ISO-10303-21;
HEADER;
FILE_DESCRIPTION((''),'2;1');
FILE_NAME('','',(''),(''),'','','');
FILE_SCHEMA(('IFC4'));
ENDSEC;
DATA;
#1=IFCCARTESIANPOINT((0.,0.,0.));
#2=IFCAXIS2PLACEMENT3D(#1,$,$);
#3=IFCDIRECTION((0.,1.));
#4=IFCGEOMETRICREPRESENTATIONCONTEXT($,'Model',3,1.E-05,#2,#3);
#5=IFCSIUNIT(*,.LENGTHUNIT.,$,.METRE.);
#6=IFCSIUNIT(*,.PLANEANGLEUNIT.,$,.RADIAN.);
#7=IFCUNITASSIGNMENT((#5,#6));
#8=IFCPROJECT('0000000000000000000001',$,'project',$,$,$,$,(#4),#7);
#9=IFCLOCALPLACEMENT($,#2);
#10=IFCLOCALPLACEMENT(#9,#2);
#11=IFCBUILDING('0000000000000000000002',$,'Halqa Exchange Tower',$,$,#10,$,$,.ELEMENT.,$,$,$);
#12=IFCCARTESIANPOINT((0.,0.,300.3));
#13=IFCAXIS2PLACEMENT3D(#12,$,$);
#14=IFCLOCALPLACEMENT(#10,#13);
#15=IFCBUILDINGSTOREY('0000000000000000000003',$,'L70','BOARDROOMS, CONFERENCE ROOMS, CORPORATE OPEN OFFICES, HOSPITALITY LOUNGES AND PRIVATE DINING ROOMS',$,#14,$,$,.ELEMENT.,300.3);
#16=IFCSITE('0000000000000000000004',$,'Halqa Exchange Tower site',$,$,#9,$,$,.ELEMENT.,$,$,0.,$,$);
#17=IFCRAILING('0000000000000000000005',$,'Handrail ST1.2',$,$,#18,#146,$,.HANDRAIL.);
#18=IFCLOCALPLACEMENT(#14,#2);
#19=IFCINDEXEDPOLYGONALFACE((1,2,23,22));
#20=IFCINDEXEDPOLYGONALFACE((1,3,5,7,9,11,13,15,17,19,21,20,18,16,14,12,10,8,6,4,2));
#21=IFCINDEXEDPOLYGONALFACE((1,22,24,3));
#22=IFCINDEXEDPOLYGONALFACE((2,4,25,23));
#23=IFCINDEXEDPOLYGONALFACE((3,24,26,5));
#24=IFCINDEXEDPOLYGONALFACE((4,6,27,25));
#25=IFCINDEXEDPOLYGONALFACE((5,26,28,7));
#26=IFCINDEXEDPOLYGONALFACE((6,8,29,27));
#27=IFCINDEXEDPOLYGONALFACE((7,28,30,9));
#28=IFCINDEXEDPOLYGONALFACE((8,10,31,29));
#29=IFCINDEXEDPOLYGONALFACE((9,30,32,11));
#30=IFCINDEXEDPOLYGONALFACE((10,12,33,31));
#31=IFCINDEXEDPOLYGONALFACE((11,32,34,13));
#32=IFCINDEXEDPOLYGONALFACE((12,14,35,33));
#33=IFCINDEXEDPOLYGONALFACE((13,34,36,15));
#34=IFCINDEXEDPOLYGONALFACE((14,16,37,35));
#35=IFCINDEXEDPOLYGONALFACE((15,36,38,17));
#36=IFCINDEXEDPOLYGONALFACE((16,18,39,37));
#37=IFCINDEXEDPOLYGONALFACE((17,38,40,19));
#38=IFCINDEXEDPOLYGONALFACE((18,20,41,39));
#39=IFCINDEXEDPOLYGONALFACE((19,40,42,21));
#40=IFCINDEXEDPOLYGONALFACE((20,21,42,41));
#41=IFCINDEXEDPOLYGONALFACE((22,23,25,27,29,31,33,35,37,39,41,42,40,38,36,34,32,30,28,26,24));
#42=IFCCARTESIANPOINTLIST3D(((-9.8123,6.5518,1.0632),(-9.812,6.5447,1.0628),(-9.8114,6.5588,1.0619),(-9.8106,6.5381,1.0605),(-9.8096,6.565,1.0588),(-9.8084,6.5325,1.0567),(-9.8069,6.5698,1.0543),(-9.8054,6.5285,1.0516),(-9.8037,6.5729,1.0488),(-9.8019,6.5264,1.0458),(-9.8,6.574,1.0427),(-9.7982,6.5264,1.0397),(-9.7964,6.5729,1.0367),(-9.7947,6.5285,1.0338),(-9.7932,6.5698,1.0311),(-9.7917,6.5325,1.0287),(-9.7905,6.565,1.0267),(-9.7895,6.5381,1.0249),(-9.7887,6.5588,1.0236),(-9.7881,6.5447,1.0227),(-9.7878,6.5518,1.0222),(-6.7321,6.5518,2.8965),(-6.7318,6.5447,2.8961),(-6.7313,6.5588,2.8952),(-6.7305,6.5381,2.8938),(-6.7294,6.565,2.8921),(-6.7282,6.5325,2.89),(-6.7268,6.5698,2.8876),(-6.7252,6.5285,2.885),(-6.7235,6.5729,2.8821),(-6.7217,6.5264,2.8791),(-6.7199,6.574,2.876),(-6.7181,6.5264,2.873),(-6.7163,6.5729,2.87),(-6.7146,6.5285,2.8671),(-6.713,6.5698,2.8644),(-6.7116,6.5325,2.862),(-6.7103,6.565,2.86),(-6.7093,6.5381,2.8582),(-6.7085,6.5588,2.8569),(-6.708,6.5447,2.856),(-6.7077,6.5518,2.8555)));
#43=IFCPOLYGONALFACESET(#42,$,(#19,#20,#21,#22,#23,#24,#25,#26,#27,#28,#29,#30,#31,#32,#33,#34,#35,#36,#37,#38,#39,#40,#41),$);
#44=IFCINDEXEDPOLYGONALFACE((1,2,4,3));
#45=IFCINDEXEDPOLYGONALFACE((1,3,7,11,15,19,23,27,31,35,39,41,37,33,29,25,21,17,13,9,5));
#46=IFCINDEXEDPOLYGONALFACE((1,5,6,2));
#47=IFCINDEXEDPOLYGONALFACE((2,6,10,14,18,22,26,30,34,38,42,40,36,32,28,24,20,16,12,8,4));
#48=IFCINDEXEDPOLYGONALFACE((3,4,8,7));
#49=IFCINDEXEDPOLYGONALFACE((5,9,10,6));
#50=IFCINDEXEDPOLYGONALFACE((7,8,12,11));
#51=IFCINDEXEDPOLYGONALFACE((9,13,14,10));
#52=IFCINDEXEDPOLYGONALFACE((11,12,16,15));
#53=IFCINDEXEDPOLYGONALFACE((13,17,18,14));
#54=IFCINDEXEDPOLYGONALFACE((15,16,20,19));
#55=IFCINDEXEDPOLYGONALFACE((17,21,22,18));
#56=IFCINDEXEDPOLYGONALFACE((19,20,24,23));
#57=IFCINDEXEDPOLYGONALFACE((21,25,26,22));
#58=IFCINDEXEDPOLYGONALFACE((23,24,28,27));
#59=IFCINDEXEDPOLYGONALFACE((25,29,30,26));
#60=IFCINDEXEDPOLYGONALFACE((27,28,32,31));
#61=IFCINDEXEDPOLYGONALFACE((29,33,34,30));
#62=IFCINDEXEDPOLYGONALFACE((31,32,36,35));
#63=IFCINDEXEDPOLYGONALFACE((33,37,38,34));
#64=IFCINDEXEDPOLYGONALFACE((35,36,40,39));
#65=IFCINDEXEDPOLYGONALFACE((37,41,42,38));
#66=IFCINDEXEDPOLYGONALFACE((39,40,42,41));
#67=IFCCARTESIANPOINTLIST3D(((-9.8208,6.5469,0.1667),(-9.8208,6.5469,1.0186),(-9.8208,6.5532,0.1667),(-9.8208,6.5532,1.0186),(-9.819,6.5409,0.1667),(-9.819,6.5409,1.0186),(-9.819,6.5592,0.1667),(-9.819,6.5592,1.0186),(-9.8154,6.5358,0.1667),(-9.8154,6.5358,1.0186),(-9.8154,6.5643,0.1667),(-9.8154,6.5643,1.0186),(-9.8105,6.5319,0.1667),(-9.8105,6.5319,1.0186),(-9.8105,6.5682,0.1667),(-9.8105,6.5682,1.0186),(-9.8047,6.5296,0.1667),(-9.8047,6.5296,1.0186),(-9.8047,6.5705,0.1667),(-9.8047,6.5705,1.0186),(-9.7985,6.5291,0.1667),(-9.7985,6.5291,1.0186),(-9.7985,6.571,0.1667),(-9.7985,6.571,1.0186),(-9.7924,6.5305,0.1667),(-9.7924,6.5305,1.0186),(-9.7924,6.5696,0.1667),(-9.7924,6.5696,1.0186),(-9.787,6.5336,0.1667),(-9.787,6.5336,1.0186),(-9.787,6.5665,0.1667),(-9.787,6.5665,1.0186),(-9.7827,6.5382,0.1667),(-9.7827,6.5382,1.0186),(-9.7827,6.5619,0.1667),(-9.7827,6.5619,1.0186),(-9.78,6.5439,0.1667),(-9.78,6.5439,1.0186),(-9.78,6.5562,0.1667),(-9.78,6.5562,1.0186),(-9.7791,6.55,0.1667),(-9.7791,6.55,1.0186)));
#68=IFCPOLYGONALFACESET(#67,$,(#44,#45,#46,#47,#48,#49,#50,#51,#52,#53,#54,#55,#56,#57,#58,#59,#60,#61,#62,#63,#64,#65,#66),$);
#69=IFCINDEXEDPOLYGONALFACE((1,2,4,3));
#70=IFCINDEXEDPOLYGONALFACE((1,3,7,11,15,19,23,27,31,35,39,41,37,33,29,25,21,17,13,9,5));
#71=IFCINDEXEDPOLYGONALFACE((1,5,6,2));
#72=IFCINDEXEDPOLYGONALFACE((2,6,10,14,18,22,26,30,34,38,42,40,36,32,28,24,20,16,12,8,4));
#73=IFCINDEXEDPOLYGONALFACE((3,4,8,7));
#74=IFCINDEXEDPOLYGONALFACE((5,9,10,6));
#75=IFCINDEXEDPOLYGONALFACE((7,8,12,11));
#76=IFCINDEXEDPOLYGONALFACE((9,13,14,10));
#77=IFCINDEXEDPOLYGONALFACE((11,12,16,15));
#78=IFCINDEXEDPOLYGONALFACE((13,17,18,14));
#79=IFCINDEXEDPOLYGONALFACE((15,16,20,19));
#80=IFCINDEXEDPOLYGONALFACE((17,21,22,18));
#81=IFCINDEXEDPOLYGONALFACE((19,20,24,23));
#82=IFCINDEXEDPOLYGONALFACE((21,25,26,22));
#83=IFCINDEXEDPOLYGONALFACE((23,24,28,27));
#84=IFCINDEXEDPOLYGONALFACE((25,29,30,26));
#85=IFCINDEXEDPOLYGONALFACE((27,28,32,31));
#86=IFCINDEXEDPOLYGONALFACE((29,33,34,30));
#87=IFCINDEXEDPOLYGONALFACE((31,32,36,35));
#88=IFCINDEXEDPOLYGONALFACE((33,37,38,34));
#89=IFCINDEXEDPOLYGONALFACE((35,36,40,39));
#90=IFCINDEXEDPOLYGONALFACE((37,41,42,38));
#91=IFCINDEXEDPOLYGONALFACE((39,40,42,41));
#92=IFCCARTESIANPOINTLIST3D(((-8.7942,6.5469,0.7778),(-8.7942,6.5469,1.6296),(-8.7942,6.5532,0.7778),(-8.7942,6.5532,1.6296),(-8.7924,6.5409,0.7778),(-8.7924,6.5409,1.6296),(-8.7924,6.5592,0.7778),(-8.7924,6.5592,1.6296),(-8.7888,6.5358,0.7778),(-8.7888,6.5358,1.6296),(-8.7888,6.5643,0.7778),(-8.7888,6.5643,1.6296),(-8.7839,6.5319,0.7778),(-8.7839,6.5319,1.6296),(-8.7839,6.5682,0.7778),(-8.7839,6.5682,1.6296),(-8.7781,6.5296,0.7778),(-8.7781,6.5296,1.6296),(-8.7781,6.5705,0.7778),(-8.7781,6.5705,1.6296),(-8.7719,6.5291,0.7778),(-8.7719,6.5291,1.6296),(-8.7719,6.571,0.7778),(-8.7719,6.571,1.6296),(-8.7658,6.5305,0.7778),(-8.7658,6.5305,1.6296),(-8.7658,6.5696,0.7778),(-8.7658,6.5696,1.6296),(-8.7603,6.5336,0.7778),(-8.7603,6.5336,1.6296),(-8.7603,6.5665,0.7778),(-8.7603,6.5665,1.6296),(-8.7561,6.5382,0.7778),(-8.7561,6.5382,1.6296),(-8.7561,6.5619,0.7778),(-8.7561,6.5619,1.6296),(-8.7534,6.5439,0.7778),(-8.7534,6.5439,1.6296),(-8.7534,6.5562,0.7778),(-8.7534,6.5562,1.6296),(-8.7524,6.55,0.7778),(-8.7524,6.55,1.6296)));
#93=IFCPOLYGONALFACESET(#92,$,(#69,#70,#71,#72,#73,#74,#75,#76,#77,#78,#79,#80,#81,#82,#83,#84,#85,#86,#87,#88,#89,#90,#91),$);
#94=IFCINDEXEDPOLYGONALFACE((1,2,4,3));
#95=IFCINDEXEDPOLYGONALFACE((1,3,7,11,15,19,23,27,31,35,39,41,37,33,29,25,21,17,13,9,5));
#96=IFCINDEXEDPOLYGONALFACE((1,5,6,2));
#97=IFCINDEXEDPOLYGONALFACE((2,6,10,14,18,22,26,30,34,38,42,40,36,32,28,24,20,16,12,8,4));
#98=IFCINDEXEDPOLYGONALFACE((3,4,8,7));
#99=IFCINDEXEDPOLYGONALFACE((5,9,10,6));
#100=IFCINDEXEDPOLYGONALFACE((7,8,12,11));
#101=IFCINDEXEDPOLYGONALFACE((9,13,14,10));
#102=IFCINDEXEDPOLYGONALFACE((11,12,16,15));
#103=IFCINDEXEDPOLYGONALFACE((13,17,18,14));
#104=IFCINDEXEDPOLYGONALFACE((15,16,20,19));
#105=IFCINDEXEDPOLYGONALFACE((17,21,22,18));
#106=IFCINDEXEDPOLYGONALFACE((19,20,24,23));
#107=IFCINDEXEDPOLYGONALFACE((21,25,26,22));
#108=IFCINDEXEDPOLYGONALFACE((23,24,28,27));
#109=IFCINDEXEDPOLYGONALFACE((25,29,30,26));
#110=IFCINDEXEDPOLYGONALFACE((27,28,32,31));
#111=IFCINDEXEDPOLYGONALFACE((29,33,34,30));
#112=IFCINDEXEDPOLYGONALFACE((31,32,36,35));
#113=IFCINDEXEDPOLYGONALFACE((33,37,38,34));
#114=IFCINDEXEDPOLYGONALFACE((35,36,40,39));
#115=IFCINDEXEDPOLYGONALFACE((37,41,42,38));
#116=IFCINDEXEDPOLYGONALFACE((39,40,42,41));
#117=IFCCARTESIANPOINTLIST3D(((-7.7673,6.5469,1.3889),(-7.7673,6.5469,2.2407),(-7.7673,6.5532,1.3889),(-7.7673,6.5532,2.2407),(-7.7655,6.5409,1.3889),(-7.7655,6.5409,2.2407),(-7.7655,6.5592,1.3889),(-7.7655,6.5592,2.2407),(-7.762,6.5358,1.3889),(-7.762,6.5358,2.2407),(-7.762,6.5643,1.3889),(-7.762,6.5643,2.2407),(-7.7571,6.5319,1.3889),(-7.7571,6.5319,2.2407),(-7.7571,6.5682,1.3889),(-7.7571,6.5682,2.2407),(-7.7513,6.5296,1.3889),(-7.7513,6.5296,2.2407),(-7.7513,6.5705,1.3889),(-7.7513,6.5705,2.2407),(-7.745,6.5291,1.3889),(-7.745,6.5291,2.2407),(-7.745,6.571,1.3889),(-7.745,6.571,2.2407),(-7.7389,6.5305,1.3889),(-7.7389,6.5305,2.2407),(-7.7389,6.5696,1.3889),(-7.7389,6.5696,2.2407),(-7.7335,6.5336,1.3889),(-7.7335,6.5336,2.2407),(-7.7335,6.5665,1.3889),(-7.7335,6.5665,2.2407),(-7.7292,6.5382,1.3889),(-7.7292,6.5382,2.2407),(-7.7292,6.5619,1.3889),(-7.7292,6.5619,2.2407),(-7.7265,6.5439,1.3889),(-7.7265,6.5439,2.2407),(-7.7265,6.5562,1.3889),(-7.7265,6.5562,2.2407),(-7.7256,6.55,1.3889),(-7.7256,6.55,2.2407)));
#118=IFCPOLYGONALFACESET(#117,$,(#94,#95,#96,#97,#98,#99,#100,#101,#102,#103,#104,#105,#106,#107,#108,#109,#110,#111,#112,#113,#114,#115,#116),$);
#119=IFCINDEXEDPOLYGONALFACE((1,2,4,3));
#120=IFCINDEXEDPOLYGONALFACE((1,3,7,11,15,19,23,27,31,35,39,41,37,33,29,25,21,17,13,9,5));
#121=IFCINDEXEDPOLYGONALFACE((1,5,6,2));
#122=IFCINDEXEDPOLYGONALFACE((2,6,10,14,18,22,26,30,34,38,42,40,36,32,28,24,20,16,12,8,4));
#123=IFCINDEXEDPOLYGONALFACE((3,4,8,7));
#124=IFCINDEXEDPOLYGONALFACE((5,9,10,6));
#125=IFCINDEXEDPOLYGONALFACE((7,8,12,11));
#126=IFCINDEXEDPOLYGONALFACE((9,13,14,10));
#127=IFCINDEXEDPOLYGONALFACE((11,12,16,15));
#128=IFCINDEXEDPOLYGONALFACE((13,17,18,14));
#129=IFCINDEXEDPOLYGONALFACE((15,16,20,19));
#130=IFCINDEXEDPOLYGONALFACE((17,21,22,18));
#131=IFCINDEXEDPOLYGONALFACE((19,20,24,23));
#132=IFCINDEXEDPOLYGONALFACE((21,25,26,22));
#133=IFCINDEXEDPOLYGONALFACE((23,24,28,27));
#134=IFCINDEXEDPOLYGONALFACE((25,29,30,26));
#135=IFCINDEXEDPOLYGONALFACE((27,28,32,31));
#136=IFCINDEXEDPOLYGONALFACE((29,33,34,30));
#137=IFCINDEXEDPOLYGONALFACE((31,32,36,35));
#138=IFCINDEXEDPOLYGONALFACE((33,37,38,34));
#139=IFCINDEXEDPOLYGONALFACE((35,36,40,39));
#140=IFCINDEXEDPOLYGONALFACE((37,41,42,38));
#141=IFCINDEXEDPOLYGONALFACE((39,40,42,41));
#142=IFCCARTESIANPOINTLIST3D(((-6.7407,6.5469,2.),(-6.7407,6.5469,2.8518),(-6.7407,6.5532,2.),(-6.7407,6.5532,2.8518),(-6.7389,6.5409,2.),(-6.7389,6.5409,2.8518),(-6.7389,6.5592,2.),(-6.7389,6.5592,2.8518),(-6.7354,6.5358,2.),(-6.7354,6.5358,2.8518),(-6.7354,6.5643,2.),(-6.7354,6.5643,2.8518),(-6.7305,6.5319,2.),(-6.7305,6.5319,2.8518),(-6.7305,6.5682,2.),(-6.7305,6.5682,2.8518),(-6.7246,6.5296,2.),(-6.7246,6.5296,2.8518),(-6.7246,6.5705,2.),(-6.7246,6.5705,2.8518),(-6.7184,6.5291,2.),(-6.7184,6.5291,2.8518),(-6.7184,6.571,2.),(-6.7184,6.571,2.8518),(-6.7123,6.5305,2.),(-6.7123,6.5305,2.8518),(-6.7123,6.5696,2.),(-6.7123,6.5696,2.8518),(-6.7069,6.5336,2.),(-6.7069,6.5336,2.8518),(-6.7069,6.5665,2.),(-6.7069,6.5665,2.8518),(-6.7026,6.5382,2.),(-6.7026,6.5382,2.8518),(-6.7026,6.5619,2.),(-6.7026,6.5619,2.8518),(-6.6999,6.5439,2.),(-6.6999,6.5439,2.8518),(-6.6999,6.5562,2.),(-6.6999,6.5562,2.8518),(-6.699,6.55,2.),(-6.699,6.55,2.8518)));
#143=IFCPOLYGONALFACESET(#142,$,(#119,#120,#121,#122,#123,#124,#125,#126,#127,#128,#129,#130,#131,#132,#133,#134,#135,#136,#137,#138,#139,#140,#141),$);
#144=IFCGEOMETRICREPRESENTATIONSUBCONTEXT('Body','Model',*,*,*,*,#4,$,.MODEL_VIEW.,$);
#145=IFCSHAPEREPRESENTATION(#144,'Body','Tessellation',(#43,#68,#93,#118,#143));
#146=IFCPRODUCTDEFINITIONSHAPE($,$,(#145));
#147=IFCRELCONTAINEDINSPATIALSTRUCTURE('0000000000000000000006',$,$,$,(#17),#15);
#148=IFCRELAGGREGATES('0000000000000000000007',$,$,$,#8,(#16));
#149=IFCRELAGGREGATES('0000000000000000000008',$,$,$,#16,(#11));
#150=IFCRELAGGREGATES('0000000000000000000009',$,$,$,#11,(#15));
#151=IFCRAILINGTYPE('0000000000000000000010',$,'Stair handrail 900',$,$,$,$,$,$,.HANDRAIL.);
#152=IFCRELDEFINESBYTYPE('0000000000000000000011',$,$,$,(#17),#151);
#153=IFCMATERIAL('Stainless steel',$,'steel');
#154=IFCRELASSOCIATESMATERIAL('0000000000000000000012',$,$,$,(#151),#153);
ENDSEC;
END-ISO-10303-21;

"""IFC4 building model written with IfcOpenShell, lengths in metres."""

from ifc_helpers import new_model, si_unit, direction, frame, origin, origin_2d, place, context, subcontext, project, spatial, circle, extrude, material, type_object, element, save


model = new_model("IFC4")

# Units and contexts
model_context = context("Model", 3, precision=1e-05, world=origin(), true_north=direction((0.0, 1.0)))
body_context = subcontext(model_context, "Body", "Model", "MODEL_VIEW")
ifc_project = project(units=[si_unit("LENGTHUNIT", "METRE"), si_unit("PLANEANGLEUNIT", "RADIAN")], contexts=[model_context])

# Site, building, storey
site_placement = place(None, origin())
site = spatial("IfcSite", under=ifc_project, at=site_placement, Name="Halqa Exchange Tower site", CompositionType="ELEMENT", RefElevation=0.0)
building_placement = place(site_placement, origin())
building = spatial("IfcBuilding", under=site, at=building_placement, Name="Halqa Exchange Tower", CompositionType="ELEMENT")
storey_placement = place(building_placement, frame((0.0, 0.0, 300.3)))
storey = spatial("IfcBuildingStorey", under=building, at=storey_placement, Name="L70", Description="BOARDROOMS, CONFERENCE ROOMS, CORPORATE OPEN OFFICES, HOSPITALITY LOUNGES AND PRIVATE DINING ROOMS", CompositionType="ELEMENT", Elevation=300.3)

# Shared definitions
ifc_material_1 = material(Name="Stainless steel", Category="steel")

# Railing
railing_type_1 = type_object("IfcRailingType", Name="Stair handrail 900", PredefinedType="HANDRAIL", material=ifc_material_1)
railing_1_placement = place(storey_placement, frame((-9.8, 6.55, 0.1667)))
element("IfcRailing", 1, at=railing_1_placement, inside=storey, type_object=railing_type_1, Name="Handrail ST1.2", PredefinedType="HANDRAIL", context=body_context, shape_type="SweptSolid", body=[
    extrude(circle(Radius=0.0239, at=origin_2d()), frame((0.0, 0.0, 0.876), z_axis=(0.859309, 0.0, 0.511458), x_axis=(0.0, 1.0, 0.0)), (0.0, 0.0, 1.0), 3.5845),
    extrude(circle(Radius=0.021, at=origin_2d()), origin(), (0.0, 0.0, 1.0), 0.8518),
    extrude(circle(Radius=0.021, at=origin_2d()), frame((1.0266, 0.0, 0.6111)), (0.0, 0.0, 1.0), 0.8518),
    extrude(circle(Radius=0.021, at=origin_2d()), frame((2.0535, 0.0, 1.2222)), (0.0, 0.0, 1.0), 0.8518),
    extrude(circle(Radius=0.021, at=origin_2d()), frame((3.0801, 0.0, 1.8333)), (0.0, 0.0, 1.0), 0.8518),
])

save(model, "model.ifc")
